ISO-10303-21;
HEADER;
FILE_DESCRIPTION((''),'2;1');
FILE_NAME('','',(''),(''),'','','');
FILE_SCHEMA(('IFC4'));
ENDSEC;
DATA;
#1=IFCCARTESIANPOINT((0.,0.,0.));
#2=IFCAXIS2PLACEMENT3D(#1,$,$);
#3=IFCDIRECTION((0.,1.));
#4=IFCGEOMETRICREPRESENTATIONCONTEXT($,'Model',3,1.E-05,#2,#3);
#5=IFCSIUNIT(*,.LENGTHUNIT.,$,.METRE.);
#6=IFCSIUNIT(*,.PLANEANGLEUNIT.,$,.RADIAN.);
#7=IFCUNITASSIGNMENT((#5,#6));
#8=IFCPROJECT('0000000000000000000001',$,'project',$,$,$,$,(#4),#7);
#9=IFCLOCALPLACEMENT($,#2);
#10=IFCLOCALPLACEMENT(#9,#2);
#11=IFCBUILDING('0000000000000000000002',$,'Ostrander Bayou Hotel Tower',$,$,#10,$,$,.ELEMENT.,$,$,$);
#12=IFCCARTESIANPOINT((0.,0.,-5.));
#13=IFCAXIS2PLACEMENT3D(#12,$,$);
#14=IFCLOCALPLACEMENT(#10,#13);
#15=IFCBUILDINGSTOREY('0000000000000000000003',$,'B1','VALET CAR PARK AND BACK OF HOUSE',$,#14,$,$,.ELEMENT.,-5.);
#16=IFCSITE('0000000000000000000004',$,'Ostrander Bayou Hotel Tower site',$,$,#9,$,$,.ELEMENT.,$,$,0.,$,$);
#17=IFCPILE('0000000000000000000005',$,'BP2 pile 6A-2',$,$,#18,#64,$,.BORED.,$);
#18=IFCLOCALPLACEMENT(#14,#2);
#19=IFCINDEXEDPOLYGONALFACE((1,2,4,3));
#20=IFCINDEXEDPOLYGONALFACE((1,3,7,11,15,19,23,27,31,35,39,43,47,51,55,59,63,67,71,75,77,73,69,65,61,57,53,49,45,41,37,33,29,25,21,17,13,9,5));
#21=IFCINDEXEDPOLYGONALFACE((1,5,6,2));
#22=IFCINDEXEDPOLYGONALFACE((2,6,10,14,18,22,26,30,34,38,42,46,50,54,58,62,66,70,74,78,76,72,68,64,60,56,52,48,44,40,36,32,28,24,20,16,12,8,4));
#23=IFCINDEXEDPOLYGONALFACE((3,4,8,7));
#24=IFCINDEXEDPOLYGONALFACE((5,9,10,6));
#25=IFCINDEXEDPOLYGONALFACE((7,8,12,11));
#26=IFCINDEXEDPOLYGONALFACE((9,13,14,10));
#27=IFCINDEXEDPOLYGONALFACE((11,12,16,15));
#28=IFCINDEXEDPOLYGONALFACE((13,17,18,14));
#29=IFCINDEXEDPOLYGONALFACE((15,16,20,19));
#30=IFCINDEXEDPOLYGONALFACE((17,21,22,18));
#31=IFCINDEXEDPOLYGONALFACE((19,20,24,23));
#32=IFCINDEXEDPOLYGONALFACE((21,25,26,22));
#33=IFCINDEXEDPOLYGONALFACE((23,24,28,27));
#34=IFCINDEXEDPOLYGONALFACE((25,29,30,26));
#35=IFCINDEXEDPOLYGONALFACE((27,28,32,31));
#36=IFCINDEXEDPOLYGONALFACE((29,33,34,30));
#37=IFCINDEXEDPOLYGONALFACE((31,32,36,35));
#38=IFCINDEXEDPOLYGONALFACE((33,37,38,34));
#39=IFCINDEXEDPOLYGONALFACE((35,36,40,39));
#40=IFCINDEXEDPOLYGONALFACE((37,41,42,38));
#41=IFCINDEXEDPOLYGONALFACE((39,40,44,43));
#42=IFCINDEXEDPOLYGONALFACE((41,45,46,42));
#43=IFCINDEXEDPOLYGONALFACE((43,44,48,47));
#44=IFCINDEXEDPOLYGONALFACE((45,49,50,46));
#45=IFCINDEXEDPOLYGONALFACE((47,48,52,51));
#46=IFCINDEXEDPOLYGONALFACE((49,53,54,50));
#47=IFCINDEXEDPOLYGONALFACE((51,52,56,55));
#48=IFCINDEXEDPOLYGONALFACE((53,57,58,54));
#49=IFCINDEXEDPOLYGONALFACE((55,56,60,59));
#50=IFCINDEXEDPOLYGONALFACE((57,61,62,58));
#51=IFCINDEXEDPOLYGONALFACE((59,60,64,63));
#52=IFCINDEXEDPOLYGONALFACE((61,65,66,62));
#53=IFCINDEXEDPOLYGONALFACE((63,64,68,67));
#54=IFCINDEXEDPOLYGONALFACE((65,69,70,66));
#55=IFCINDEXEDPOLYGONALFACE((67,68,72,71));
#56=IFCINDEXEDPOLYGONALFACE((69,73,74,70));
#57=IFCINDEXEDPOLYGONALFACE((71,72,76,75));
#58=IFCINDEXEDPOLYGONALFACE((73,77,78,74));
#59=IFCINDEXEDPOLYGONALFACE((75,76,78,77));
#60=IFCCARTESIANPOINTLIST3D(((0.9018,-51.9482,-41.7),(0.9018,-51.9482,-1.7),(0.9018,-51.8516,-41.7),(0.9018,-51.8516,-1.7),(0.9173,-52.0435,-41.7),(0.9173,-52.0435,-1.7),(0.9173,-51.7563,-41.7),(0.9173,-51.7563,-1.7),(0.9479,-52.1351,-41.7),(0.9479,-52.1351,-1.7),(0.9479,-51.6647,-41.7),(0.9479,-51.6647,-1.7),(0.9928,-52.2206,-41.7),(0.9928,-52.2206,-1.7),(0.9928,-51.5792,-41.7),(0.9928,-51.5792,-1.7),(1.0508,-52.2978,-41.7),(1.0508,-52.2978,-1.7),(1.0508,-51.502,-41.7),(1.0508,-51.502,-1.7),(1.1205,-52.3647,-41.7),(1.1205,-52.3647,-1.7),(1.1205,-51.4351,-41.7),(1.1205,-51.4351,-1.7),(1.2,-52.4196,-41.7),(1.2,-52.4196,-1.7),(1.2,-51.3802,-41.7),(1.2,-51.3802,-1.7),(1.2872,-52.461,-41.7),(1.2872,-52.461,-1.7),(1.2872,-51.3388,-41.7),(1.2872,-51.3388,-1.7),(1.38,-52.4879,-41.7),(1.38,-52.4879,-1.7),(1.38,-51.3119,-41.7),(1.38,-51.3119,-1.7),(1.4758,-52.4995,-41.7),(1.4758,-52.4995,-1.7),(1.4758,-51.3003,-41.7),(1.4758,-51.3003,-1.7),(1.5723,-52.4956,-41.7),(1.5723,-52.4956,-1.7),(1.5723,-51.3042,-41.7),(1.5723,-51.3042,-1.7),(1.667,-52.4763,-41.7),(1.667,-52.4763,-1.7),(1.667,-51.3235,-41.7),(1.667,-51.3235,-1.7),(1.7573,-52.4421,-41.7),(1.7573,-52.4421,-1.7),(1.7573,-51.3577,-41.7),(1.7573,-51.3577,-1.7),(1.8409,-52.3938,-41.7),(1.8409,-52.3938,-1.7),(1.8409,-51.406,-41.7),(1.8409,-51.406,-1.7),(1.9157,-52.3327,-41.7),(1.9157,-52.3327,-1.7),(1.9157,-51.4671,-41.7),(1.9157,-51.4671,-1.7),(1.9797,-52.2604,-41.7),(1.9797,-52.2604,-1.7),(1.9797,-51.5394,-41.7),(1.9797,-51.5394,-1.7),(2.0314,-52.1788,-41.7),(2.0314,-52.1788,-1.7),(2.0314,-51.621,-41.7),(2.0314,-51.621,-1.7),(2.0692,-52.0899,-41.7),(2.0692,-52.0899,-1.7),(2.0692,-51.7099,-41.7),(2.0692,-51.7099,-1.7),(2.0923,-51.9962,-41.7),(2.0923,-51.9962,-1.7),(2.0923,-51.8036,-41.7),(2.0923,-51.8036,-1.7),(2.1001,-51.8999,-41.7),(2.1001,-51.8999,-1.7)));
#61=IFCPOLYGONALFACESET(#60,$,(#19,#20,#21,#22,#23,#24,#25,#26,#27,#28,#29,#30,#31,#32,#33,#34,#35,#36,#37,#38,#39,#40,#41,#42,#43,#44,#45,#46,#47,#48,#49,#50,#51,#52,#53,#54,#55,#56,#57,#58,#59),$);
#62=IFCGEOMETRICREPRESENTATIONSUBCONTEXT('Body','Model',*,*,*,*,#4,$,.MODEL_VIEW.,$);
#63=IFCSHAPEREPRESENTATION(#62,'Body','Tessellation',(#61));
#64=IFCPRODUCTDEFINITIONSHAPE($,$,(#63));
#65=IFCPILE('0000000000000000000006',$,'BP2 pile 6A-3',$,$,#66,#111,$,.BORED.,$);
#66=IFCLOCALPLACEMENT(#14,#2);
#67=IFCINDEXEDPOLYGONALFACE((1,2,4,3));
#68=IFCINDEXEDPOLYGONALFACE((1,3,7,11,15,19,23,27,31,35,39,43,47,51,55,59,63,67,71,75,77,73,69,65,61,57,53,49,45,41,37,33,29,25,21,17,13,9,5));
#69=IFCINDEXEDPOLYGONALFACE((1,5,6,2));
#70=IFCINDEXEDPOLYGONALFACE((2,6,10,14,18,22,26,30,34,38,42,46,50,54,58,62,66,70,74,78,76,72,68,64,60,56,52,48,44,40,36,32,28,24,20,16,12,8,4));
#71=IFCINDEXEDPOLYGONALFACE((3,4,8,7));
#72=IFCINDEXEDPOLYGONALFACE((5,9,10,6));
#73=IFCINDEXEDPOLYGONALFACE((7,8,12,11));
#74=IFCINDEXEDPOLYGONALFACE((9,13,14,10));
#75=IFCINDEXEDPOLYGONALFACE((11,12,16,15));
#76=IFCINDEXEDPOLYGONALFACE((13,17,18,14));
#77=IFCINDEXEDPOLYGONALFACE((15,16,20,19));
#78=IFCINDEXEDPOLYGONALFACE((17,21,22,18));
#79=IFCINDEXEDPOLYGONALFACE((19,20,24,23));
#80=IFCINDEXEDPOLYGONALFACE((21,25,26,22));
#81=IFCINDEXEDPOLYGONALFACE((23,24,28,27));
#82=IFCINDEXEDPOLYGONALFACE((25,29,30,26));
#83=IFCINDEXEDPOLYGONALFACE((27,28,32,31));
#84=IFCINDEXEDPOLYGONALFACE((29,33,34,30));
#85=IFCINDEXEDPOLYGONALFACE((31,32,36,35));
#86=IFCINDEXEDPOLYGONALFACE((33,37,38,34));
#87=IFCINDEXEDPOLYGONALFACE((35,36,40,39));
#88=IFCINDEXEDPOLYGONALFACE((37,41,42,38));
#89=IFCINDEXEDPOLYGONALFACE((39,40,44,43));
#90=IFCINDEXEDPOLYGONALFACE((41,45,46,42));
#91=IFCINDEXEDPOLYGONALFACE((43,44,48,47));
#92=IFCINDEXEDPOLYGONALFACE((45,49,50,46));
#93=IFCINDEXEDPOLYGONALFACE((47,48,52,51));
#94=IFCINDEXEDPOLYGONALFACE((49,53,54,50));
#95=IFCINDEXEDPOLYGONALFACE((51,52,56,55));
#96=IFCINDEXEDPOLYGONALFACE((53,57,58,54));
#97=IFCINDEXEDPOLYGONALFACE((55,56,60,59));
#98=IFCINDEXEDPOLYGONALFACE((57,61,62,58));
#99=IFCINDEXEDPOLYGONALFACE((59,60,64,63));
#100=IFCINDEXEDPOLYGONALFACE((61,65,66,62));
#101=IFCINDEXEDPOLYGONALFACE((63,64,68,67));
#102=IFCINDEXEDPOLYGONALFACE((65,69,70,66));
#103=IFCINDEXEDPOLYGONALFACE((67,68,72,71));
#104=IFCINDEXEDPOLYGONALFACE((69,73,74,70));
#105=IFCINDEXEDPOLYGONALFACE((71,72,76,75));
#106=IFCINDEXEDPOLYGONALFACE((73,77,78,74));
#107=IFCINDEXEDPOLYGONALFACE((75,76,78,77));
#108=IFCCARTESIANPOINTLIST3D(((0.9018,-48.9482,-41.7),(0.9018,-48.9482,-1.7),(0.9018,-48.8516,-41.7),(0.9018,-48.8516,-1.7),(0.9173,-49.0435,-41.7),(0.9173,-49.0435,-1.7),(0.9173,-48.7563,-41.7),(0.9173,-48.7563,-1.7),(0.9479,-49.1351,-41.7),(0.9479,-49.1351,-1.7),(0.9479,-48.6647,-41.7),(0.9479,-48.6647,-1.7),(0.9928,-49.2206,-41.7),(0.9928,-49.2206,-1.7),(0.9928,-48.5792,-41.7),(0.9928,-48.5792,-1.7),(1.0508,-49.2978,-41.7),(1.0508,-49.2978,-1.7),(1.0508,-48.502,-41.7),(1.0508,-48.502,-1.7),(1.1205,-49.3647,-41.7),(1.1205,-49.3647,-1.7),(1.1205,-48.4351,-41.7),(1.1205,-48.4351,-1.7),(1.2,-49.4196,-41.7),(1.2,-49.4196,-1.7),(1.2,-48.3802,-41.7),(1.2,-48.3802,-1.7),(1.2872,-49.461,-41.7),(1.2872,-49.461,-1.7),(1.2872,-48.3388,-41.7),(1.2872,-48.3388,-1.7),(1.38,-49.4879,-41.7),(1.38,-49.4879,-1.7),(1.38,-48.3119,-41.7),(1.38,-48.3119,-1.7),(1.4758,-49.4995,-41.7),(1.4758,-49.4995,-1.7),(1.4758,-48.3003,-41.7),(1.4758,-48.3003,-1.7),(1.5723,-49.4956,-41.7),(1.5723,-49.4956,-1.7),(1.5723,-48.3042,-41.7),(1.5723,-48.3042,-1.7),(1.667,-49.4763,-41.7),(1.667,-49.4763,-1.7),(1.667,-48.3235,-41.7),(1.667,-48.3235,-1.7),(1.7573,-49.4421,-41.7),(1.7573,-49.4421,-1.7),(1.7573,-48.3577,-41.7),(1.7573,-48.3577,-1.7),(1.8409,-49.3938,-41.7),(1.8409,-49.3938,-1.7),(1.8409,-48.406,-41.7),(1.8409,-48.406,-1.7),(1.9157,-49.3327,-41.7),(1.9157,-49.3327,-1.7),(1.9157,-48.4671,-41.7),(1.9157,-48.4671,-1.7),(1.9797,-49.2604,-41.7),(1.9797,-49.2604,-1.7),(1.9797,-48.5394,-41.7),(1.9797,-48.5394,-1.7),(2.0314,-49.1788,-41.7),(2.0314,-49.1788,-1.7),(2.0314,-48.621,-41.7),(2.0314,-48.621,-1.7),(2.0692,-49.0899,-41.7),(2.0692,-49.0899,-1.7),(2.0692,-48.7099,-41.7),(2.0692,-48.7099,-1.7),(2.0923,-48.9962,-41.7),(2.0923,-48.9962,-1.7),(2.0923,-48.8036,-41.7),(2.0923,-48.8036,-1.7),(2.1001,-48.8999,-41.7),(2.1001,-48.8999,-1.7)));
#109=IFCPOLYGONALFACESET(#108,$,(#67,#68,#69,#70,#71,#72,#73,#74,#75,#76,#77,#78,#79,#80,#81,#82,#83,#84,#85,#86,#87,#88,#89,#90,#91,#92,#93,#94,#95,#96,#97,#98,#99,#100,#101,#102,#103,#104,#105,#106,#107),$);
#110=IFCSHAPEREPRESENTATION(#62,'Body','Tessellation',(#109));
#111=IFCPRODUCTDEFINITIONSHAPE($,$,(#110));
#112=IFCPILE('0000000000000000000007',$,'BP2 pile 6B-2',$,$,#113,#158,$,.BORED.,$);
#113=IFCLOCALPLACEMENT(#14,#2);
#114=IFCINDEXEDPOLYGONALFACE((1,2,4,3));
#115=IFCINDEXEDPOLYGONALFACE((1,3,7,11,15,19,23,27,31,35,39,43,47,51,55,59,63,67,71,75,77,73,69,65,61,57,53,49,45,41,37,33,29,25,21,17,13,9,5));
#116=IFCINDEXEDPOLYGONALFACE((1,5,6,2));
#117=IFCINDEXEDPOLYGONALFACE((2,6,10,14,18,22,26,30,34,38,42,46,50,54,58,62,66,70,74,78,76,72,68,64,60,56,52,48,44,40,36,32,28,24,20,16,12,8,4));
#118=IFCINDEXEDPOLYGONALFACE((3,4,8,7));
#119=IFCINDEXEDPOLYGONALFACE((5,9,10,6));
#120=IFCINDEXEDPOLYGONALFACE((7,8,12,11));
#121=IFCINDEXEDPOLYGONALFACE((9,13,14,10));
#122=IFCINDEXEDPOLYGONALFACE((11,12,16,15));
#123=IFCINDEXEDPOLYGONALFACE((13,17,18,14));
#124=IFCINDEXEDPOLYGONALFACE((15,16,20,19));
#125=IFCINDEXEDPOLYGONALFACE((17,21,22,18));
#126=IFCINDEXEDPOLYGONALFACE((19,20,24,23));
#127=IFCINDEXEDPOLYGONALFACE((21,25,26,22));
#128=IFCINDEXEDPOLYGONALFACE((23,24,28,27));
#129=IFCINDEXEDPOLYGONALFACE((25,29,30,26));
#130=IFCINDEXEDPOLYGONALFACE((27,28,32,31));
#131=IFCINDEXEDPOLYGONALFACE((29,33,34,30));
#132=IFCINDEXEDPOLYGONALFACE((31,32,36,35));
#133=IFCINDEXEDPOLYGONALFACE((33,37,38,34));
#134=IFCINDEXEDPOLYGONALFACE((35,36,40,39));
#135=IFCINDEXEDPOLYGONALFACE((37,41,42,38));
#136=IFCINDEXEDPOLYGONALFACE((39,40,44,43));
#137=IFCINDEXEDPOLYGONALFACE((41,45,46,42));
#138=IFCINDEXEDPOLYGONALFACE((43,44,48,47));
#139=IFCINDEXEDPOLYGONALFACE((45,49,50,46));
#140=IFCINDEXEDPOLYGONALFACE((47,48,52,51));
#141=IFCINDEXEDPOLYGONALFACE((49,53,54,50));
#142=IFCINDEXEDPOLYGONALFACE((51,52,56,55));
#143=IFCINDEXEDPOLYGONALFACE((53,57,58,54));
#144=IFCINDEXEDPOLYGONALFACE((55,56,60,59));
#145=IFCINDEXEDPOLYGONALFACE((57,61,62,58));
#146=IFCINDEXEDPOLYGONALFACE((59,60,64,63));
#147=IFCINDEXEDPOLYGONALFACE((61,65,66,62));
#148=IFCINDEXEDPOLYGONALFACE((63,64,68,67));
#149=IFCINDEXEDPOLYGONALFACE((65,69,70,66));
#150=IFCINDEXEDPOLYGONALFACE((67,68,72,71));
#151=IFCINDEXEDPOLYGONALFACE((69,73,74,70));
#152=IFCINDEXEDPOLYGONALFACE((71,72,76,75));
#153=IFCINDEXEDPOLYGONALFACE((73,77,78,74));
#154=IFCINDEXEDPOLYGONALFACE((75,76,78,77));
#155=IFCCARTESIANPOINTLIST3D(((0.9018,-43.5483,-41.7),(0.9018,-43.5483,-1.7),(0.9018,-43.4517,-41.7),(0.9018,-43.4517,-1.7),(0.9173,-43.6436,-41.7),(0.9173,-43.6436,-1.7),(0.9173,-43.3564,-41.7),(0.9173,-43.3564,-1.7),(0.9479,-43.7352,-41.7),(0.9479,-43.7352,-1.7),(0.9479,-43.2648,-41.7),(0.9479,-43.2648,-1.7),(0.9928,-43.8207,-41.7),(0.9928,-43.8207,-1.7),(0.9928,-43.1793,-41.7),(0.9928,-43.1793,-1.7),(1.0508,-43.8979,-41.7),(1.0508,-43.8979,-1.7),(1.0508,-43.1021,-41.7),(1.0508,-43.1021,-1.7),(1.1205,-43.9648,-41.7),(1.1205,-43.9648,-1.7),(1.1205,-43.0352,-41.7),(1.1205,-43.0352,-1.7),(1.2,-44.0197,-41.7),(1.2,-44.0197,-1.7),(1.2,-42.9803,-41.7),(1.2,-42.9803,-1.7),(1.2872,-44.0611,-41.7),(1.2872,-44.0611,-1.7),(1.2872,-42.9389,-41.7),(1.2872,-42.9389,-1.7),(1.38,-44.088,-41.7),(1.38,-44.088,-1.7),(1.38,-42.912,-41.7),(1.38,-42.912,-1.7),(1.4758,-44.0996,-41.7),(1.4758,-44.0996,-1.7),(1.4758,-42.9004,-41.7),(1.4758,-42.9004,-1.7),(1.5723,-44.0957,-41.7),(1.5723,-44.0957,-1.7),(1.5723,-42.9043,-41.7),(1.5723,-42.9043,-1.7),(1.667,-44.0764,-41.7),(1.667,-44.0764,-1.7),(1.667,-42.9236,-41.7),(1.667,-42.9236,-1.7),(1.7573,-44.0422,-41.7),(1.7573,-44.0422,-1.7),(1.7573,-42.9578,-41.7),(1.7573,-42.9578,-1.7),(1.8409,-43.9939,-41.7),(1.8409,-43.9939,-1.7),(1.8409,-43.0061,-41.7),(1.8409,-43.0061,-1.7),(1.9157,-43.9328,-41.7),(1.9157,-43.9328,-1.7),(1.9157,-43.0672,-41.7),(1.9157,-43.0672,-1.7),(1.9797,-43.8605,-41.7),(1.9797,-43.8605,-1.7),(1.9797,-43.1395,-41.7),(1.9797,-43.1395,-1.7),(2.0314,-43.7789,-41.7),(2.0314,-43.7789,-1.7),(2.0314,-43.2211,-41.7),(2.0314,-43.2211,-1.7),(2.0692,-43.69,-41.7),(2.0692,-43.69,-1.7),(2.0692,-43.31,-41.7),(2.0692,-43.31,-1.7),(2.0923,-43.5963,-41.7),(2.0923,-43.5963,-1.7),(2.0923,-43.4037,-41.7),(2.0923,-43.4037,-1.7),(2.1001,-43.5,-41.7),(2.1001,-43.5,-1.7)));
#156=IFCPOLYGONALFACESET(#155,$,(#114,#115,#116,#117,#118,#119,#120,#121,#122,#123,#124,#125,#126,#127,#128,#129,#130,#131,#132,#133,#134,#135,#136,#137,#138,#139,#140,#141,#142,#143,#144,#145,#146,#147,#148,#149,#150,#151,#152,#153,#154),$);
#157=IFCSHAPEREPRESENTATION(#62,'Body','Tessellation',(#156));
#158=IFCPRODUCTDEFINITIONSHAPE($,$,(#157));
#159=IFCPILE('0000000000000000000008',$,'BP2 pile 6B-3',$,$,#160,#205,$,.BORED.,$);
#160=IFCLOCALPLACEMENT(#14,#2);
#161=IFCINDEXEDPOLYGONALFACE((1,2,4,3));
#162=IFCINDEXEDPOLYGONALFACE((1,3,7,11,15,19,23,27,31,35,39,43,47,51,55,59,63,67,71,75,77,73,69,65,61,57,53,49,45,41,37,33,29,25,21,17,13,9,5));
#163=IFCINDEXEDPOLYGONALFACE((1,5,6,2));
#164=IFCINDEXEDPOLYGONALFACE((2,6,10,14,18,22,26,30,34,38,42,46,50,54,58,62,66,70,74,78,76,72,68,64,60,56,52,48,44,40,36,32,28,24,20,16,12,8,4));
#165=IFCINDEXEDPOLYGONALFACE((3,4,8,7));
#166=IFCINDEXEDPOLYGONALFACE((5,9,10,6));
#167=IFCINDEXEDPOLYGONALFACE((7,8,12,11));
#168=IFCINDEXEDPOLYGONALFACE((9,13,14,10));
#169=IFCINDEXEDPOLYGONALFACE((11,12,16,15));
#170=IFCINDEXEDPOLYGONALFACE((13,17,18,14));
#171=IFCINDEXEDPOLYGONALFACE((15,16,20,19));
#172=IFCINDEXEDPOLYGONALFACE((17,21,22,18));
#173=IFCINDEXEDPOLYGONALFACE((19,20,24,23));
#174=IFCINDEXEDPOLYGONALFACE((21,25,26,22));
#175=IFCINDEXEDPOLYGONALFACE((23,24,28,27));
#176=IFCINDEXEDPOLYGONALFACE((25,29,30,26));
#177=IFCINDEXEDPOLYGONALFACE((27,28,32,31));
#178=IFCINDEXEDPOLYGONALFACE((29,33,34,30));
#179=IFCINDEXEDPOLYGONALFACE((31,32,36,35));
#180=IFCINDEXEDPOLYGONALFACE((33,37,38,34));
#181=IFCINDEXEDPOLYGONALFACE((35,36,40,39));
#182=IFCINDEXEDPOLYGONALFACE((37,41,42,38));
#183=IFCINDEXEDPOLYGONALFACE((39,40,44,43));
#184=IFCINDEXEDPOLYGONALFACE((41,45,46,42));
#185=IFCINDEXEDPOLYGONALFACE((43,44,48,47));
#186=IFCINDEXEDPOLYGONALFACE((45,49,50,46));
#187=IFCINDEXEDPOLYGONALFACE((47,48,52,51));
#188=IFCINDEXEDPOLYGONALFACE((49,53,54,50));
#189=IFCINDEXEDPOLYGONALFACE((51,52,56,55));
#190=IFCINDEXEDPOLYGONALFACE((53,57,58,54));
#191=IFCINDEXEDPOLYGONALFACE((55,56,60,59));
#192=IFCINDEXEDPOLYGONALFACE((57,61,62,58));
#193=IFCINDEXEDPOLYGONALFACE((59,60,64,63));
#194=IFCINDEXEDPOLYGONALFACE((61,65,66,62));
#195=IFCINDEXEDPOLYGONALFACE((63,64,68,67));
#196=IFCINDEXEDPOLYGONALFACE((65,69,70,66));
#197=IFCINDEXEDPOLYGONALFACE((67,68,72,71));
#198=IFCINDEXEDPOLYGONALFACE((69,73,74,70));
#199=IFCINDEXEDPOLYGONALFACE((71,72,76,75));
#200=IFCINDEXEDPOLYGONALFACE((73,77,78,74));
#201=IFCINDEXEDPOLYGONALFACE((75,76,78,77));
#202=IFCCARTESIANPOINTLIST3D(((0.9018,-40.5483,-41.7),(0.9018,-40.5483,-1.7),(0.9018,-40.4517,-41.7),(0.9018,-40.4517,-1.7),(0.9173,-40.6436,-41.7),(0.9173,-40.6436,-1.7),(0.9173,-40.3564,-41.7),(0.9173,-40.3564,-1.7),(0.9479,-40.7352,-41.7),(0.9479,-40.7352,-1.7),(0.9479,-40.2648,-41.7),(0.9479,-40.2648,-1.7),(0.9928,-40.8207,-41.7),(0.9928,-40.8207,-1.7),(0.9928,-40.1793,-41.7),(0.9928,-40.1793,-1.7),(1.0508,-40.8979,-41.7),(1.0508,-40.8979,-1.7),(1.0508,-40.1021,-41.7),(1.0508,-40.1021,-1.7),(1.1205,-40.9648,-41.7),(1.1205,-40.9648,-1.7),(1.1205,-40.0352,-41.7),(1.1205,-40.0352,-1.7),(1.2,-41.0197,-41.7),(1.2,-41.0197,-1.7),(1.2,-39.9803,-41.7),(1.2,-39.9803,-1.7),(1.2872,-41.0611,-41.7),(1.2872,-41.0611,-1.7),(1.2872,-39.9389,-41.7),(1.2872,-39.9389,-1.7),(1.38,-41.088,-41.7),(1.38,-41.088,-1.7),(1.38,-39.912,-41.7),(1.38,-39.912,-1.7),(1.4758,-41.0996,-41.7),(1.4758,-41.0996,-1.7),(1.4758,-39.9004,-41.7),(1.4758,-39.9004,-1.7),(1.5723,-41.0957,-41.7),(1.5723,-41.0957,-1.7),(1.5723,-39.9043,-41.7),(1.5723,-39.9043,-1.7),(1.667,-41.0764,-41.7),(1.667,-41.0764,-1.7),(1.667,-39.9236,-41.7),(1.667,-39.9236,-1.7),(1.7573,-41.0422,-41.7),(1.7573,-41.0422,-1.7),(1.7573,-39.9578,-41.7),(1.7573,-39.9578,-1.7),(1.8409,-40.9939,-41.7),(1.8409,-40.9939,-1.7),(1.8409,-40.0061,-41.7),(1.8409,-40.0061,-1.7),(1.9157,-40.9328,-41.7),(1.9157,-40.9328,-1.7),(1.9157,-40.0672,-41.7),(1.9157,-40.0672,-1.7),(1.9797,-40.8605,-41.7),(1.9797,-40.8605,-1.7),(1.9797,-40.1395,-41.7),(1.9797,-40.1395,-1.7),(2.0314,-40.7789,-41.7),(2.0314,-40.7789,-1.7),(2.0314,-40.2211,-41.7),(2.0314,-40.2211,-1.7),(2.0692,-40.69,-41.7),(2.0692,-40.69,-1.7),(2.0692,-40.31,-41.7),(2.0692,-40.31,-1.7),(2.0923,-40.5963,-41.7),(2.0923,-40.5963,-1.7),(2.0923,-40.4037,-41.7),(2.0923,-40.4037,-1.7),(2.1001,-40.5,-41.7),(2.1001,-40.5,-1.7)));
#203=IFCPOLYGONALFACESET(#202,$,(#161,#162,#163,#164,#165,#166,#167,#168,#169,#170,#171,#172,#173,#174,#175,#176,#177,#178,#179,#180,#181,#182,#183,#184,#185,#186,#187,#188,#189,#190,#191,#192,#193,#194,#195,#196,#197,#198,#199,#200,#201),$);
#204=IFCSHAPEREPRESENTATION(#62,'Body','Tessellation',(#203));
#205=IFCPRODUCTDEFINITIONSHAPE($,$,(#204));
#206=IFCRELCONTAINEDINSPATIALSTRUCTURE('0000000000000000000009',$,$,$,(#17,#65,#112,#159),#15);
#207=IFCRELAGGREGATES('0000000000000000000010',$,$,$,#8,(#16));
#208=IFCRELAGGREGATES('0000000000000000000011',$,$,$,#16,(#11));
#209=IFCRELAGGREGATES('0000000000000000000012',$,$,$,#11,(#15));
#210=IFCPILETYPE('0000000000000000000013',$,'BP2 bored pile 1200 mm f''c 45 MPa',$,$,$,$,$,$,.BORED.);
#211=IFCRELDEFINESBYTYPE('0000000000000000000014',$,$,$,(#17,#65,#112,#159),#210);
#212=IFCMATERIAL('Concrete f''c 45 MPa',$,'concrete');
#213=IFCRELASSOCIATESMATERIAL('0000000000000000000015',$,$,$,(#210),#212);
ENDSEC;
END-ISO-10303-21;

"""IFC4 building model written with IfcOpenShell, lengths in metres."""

from ifc_helpers import new_model, si_unit, direction, frame, origin, origin_2d, place, context, subcontext, project, spatial, circle, extrude, material, material_profile, profile_set, type_object, element, save


model = new_model("IFC4")

# Units and contexts
model_context = context("Model", 3, precision=1e-05, world=origin(), true_north=direction((0.0, 1.0)))
body_context = subcontext(model_context, "Body", "Model", "MODEL_VIEW")
ifc_project = project(units=[si_unit("LENGTHUNIT", "METRE"), si_unit("PLANEANGLEUNIT", "RADIAN")], contexts=[model_context])

# Site, building, storey
site_placement = place(None, origin())
site = spatial("IfcSite", under=ifc_project, at=site_placement, Name="Ostrander Bayou Hotel Tower site", CompositionType="ELEMENT", RefElevation=0.0)
building_placement = place(site_placement, origin())
building = spatial("IfcBuilding", under=site, at=building_placement, Name="Ostrander Bayou Hotel Tower", CompositionType="ELEMENT")
storey_placement = place(building_placement, frame((0.0, 0.0, -5.0)))
storey = spatial("IfcBuildingStorey", under=building, at=storey_placement, Name="B1", Description="VALET CAR PARK AND BACK OF HOUSE", CompositionType="ELEMENT", Elevation=-5.0)

# Piles
ifc_material_1 = material(Name="Concrete f'c 45 MPa", Category="concrete")
ifc_material_profile_1 = material_profile(ifc_material_1, circle(Radius=0.6001, at=origin_2d()))
ifc_profile_set_1 = profile_set([ifc_material_profile_1], Name="Concrete f'c 45 MPa")
pile_type_1 = type_object("IfcPileType", Name="BP2 bored pile 1200 mm f'c 45 MPa", PredefinedType="BORED", material=ifc_profile_set_1)
for number, where, z_axis, x_axis, name in (
    (1, (1.5, -51.8999, -1.7), (0.0, 0.0, -1.0), (1.0, 0.0, 0.0), "BP2 pile 6A-2"),
    (2, (1.5, -48.8999, -1.7), (0.0, 0.0, -1.0), (1.0, 0.0, 0.0), "BP2 pile 6A-3"),
    (3, (1.5, -43.5, -1.7), (0.0, 0.0, -1.0), (1.0, 0.0, 0.0), "BP2 pile 6B-2"),
    (4, (1.5, -40.5, -1.7), (0.0, 0.0, -1.0), (1.0, 0.0, 0.0), "BP2 pile 6B-3"),
):
    element("IfcPile", number, at=place(storey_placement, frame(where, z_axis=z_axis, x_axis=x_axis)), inside=storey, type_object=pile_type_1, Name=name, PredefinedType="BORED", context=body_context, shape_type="SweptSolid", body=[
        extrude(circle(Radius=0.6001, at=origin_2d()), origin(), (0.0, 0.0, 1.0), 40.0),
    ])

save(model, "model.ifc")
